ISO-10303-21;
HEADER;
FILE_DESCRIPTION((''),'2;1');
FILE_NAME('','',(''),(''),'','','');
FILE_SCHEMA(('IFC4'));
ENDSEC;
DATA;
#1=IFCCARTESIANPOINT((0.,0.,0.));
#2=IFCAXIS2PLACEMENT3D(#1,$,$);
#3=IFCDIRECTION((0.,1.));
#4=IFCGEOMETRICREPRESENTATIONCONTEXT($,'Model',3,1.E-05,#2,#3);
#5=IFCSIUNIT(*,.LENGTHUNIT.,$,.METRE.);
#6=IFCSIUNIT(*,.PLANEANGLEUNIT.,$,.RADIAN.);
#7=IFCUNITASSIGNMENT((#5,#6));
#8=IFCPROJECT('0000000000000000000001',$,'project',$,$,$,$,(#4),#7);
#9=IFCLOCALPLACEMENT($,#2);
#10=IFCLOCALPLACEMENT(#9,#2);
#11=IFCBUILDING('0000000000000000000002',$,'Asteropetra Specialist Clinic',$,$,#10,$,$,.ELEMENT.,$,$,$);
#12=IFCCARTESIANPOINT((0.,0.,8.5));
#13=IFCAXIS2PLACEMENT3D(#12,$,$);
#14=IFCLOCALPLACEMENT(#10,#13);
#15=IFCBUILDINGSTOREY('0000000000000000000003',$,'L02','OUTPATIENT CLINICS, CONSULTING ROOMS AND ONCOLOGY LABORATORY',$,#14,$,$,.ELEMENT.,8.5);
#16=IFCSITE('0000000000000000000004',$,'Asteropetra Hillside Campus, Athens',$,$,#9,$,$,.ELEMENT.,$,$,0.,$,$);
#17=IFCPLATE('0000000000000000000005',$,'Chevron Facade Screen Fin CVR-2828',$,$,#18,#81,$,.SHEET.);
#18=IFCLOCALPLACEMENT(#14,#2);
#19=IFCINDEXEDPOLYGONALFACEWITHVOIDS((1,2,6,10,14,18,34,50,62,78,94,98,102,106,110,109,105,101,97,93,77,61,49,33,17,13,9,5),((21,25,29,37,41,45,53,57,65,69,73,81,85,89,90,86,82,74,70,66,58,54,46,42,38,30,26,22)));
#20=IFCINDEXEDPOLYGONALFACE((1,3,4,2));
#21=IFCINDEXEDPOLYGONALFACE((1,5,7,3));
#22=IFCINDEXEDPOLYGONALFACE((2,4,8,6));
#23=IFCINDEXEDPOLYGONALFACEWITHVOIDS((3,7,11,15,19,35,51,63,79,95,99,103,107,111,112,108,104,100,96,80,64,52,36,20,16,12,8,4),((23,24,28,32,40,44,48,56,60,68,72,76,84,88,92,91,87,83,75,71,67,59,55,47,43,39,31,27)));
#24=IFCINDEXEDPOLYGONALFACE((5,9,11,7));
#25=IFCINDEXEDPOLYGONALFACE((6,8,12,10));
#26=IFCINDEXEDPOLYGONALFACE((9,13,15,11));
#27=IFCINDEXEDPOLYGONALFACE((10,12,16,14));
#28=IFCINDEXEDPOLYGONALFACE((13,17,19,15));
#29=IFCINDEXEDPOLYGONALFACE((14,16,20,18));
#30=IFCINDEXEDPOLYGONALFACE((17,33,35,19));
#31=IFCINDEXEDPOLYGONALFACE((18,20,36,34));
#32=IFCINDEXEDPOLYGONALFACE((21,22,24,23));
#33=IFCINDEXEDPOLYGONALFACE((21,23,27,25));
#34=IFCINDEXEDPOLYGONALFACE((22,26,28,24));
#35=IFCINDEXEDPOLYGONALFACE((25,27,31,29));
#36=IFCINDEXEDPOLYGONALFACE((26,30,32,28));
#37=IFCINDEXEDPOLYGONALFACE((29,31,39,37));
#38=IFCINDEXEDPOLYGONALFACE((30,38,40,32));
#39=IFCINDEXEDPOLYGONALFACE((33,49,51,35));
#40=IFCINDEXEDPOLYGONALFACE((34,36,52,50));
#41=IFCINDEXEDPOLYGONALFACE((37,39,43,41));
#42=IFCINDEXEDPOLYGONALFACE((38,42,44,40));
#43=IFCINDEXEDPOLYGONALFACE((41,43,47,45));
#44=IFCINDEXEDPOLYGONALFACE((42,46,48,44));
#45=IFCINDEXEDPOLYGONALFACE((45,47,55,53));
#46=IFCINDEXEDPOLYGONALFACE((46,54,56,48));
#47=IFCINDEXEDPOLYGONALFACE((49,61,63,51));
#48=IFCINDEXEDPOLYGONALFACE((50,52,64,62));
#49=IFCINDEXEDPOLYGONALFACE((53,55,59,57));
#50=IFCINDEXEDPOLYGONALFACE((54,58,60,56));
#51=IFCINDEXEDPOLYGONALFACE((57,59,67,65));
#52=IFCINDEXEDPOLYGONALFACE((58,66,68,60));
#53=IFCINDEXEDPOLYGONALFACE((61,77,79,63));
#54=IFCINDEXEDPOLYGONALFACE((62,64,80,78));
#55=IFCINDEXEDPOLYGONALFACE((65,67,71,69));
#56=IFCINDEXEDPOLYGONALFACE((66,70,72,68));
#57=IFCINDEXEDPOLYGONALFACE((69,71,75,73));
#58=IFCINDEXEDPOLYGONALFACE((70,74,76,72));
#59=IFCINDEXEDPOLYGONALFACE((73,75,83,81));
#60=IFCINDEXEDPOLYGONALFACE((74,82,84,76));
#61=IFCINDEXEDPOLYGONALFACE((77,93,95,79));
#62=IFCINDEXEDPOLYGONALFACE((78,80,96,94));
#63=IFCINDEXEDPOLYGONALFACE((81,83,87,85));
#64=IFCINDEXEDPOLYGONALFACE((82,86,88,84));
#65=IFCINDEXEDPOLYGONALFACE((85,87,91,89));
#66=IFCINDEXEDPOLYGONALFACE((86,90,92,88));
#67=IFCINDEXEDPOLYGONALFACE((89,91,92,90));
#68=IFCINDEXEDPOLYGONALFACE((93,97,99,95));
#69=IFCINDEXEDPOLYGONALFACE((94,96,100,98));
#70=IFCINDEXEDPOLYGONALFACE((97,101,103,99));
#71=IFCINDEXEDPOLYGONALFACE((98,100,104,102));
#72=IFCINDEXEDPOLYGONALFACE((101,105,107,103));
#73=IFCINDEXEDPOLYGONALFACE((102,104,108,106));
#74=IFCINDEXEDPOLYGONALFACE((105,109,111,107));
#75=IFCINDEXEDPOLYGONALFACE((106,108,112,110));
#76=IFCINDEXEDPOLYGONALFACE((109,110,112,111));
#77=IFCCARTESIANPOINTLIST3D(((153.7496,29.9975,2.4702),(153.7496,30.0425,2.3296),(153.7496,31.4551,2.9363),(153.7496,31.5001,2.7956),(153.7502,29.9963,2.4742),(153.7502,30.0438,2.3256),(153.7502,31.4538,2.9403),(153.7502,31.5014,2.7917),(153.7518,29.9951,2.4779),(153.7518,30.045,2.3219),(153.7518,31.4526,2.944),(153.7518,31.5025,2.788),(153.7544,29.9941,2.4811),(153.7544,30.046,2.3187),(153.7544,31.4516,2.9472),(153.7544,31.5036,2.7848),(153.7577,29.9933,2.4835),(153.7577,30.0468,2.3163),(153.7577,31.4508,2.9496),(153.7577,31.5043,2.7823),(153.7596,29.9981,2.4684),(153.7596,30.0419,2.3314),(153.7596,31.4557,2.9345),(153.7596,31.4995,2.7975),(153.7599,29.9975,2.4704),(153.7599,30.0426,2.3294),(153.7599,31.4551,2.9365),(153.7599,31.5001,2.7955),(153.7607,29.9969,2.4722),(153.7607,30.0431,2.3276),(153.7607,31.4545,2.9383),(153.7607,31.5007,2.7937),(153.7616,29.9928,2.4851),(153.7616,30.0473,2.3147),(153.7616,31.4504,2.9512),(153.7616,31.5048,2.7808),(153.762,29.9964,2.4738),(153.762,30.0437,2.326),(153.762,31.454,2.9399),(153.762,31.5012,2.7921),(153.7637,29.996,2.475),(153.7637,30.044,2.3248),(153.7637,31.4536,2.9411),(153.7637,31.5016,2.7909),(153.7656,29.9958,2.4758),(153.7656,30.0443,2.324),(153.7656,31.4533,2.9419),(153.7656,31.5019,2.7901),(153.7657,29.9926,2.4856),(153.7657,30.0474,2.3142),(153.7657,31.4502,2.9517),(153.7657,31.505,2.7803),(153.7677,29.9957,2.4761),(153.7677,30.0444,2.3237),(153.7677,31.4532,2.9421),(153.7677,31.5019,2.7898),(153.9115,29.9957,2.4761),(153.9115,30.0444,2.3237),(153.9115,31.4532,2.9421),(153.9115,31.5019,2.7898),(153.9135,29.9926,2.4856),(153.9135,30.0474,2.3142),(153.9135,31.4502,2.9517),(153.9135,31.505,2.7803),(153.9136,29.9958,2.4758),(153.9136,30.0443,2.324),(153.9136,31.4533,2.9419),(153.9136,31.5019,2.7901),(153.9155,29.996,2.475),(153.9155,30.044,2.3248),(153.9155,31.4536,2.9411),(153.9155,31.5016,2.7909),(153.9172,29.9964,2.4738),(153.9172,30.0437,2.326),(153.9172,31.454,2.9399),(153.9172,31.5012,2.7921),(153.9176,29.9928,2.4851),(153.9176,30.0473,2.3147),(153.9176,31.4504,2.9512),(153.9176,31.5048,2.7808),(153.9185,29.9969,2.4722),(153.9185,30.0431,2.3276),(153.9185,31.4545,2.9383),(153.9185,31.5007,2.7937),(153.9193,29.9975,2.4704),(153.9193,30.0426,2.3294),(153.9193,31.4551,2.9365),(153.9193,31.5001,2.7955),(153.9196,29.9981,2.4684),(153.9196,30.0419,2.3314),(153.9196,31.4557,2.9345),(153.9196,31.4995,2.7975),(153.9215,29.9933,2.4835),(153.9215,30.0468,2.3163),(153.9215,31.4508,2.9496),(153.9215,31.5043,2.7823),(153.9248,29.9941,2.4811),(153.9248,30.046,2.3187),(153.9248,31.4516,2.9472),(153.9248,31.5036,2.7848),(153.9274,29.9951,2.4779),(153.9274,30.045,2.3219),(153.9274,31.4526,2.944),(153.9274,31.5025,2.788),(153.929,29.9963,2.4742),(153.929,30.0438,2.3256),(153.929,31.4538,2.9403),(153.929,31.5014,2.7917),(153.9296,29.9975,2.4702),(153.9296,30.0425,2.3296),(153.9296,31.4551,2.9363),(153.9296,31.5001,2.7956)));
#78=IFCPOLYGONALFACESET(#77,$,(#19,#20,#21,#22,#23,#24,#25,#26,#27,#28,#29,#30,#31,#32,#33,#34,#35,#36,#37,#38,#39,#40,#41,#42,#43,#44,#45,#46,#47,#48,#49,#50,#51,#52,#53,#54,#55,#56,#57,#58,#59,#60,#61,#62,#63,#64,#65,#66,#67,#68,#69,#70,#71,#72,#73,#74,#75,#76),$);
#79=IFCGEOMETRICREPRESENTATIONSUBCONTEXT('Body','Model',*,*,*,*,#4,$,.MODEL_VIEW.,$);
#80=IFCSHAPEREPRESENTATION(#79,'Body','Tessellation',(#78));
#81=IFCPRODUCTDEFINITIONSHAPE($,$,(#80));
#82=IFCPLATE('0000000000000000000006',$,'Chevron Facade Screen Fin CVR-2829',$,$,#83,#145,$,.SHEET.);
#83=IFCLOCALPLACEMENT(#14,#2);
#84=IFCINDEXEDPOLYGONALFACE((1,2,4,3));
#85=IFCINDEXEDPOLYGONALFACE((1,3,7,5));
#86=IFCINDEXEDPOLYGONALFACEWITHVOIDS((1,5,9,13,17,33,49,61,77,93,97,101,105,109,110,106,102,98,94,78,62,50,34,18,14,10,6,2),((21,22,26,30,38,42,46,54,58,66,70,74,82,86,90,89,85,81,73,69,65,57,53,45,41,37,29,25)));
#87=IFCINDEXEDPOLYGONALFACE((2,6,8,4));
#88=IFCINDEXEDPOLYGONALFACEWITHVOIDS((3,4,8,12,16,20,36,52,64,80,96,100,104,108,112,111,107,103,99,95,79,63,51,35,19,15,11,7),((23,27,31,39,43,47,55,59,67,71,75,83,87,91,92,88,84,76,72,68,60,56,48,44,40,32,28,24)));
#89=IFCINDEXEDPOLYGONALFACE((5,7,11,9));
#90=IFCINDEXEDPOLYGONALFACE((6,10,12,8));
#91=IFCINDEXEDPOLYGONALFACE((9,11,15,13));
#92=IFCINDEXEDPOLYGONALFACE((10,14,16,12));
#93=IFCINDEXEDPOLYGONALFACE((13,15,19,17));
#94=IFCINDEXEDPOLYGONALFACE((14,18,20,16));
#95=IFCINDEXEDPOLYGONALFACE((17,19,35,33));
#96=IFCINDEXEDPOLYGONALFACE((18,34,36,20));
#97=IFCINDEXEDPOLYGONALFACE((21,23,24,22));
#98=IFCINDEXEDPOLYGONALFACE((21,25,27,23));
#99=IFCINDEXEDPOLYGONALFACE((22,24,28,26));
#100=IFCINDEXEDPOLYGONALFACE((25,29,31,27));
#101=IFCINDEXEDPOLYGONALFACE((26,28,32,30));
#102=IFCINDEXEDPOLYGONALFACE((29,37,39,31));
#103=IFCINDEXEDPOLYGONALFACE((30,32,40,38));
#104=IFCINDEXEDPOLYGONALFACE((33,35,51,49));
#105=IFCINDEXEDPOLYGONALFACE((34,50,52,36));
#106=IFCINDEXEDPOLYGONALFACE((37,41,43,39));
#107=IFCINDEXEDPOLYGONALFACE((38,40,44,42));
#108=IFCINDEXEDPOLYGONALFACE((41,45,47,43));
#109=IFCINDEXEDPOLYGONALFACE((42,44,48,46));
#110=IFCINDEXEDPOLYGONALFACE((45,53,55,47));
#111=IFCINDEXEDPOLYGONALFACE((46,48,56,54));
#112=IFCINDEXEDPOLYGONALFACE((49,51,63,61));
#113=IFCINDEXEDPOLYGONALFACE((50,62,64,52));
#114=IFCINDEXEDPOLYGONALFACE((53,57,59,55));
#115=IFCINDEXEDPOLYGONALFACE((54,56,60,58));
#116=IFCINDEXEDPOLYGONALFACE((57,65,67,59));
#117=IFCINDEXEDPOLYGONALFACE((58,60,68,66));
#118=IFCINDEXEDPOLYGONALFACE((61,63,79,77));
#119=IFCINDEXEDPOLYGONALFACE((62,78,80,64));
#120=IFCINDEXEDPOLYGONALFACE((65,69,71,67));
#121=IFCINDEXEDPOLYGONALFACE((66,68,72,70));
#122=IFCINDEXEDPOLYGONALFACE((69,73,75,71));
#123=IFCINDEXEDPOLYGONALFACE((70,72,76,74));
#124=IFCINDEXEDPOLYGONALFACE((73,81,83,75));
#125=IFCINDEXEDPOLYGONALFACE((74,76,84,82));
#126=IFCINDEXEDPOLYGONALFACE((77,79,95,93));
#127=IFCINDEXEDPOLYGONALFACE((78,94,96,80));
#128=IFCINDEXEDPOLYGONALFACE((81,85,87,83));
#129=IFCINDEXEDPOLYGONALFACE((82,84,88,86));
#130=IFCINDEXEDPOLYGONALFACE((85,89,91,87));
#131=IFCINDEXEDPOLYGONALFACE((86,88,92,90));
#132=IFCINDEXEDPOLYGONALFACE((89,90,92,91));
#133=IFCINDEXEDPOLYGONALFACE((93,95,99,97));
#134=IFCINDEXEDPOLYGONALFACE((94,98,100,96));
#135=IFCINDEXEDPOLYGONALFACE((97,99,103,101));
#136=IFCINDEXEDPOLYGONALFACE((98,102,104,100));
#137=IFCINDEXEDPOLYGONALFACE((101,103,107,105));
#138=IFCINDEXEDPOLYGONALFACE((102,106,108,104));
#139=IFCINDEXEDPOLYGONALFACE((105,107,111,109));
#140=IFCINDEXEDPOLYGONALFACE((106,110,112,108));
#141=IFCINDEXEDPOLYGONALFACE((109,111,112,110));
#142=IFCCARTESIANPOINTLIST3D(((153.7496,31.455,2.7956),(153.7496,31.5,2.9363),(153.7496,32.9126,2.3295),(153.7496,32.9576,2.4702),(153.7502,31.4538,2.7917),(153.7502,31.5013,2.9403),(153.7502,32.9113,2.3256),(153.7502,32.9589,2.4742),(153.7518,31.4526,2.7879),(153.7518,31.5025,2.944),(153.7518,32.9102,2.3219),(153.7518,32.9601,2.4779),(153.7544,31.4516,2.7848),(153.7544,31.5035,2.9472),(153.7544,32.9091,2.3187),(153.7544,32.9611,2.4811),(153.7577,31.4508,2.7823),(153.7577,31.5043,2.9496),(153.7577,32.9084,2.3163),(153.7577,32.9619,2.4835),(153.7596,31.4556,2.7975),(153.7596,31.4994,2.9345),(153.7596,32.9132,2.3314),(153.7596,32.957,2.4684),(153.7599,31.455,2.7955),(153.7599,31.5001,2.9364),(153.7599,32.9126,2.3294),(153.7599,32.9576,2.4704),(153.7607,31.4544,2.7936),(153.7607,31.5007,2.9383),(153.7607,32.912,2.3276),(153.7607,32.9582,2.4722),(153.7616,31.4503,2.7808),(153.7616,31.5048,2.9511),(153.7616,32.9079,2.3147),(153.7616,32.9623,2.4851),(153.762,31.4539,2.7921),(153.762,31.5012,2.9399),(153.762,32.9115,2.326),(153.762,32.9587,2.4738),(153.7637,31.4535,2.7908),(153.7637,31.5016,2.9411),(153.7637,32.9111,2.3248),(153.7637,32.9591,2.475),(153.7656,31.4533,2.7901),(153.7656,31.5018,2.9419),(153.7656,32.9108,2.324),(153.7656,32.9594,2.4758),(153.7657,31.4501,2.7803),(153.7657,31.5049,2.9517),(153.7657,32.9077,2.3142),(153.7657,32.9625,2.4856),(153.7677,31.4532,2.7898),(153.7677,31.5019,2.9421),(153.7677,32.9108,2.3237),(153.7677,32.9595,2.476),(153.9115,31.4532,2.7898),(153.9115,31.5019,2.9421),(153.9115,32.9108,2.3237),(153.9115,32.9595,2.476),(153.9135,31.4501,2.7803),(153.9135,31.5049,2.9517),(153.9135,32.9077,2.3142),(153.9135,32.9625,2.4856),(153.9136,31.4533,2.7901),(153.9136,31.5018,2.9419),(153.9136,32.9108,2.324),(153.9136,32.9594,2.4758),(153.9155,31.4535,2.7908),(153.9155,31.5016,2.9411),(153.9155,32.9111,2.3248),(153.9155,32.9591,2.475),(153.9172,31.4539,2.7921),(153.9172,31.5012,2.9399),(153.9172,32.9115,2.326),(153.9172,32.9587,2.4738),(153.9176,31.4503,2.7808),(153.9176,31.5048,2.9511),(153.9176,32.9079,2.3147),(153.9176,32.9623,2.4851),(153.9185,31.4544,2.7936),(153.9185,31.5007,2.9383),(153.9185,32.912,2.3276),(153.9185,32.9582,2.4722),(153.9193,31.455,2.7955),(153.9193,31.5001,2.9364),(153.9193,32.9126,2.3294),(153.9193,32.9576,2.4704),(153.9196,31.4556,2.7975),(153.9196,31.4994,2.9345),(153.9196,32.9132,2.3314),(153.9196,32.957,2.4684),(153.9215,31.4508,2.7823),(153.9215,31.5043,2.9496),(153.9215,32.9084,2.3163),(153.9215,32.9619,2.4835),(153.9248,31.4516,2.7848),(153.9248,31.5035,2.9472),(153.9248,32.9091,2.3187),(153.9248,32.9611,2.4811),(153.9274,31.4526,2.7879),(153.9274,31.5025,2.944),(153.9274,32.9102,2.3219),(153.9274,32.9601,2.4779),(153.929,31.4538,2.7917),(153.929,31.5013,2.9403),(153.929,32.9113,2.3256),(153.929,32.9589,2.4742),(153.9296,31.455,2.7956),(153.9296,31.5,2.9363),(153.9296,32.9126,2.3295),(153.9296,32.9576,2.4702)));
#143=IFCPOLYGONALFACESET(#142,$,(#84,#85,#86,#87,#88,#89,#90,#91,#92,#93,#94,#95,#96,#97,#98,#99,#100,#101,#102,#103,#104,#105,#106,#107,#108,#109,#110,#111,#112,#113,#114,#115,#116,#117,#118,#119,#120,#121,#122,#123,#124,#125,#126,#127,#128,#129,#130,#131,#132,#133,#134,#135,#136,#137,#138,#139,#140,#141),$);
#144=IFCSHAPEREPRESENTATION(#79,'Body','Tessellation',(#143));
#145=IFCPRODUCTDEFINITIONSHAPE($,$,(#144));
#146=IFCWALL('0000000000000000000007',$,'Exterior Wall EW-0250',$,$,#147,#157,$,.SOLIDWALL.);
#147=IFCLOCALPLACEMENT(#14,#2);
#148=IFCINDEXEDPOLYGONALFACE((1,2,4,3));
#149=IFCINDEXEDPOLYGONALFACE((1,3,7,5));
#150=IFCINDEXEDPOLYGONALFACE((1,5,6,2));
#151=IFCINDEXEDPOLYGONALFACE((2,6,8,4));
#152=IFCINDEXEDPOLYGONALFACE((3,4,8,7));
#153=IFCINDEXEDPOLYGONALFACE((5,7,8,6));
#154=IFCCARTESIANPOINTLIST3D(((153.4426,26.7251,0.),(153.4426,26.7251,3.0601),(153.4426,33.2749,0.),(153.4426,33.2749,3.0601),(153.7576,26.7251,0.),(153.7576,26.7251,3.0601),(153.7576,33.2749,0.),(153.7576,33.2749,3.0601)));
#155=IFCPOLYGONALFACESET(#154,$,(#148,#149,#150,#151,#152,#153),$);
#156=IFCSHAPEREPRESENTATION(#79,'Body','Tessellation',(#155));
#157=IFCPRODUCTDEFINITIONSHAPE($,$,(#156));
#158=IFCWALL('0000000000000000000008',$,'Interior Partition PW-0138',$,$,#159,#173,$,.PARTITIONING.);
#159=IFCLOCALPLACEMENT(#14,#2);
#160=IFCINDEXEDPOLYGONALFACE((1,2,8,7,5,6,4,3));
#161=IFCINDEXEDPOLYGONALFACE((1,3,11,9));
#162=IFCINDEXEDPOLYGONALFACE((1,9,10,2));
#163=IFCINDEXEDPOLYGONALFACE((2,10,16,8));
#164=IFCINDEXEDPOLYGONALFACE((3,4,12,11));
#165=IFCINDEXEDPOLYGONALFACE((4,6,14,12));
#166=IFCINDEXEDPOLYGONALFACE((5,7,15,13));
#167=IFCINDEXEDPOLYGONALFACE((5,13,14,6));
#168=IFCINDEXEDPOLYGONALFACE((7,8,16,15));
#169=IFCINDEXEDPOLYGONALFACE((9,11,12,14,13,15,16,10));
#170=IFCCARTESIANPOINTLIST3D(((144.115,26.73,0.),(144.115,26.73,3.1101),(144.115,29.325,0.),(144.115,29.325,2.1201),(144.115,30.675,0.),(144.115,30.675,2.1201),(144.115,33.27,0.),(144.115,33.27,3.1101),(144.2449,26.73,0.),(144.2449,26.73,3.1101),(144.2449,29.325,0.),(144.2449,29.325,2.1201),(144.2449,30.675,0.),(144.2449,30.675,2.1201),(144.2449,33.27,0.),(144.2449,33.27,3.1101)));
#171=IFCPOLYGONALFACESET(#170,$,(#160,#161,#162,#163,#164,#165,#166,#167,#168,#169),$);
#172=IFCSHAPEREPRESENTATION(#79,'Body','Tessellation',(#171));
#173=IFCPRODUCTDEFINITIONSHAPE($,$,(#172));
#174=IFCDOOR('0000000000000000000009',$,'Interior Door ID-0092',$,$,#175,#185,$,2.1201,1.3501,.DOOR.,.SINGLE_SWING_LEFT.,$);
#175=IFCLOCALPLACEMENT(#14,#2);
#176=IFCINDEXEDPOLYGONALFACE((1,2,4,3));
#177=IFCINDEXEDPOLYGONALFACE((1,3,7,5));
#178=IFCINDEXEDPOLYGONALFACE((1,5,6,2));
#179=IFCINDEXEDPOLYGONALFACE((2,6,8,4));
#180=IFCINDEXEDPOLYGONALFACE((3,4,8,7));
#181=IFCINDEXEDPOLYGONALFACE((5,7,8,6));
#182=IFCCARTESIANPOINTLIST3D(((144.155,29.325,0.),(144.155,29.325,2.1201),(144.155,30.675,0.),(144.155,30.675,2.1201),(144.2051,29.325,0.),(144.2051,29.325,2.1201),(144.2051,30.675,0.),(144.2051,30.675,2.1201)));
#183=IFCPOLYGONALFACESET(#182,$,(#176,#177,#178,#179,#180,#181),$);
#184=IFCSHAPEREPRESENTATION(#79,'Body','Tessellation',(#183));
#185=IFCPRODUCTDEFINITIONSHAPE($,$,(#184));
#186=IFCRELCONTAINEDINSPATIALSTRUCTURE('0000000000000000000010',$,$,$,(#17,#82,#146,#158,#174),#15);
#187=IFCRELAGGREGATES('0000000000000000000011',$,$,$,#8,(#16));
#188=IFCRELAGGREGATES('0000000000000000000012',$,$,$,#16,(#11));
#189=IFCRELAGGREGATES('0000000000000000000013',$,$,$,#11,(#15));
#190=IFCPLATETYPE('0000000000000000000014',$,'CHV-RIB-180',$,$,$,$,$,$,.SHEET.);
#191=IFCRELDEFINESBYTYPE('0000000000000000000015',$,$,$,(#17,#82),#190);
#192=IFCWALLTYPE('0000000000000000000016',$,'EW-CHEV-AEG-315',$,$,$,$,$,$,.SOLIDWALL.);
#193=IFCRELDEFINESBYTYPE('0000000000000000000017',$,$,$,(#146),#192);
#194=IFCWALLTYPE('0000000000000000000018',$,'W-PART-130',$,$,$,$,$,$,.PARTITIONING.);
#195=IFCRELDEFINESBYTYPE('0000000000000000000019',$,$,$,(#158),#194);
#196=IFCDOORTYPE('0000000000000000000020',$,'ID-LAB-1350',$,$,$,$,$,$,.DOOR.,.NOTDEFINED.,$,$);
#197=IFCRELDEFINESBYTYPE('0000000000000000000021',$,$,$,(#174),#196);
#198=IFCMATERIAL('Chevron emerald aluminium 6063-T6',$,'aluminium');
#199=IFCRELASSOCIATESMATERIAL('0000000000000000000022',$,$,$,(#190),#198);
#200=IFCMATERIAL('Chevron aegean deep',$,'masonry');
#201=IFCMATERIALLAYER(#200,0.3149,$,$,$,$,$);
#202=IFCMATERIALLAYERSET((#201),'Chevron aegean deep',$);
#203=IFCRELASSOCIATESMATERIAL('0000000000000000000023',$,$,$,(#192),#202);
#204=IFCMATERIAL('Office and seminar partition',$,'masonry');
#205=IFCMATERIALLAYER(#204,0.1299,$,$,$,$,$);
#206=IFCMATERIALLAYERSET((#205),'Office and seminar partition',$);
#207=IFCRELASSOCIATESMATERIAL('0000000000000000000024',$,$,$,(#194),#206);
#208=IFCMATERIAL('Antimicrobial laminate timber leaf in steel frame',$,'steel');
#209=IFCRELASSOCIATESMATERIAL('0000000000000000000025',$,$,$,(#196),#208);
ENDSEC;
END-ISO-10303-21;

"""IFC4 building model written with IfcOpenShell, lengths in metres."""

from ifc_helpers import new_model, si_unit, direction, frame, frame_2d, origin, origin_2d, place, context, subcontext, project, spatial, rectangle, hollow_rectangle, extrude, material, layer, layer_set, material_profile, profile_set, type_object, element, fill, save


model = new_model("IFC4")

# Units and contexts
model_context = context("Model", 3, precision=1e-05, world=origin(), true_north=direction((0.0, 1.0)))
body_context = subcontext(model_context, "Body", "Model", "MODEL_VIEW")
ifc_project = project(units=[si_unit("LENGTHUNIT", "METRE"), si_unit("PLANEANGLEUNIT", "RADIAN")], contexts=[model_context])

# Site, building, storey
site_placement = place(None, origin())
site = spatial("IfcSite", under=ifc_project, at=site_placement, Name="Asteropetra Hillside Campus, Athens", CompositionType="ELEMENT", RefElevation=0.0)
building_placement = place(site_placement, origin())
building = spatial("IfcBuilding", under=site, at=building_placement, Name="Asteropetra Specialist Clinic", CompositionType="ELEMENT")
storey_placement = place(building_placement, frame((0.0, 0.0, 8.5)))
storey = spatial("IfcBuildingStorey", under=building, at=storey_placement, Name="L02", Description="OUTPATIENT CLINICS, CONSULTING ROOMS AND ONCOLOGY LABORATORY", CompositionType="ELEMENT", Elevation=8.5)

# Plates
ifc_material_1 = material(Name="Chevron emerald aluminium 6063-T6", Category="aluminium")
ifc_material_profile_1 = material_profile(ifc_material_1, hollow_rectangle(XDim=0.1799, YDim=0.1799, WallThickness=0.01, InnerFilletRadius=0.0081, OuterFilletRadius=0.0161, at=origin_2d()), Name="SHS 180x180x10.0")
ifc_profile_set_1 = profile_set([ifc_material_profile_1], Name="Chevron emerald aluminium 6063-T6")
plate_type = type_object("IfcPlateType", Name="CHV-RIB-180", PredefinedType="SHEET", material=ifc_profile_set_1)
for number, where, z_axis, x_axis, name in (
    (1, (153.8396, 30.02, 2.3999), (0.0, 0.952489, 0.304573), (-1.0, 0.0, 0.0), "Chevron Facade Screen Fin CVR-2828"),
    (2, (153.8396, 31.4775, 2.866), (0.0, 0.952489, -0.304573), (-1.0, 0.0, 0.0), "Chevron Facade Screen Fin CVR-2829"),
):
    element("IfcPlate", number, at=place(storey_placement, frame(where, z_axis=z_axis, x_axis=x_axis)), inside=storey, type_object=plate_type, Name=name, PredefinedType="SHEET", context=body_context, shape_type="SweptSolid", body=[
        extrude(hollow_rectangle(XDim=0.1799, YDim=0.1799, WallThickness=0.01, InnerFilletRadius=0.0081, OuterFilletRadius=0.0161, at=origin_2d()), origin(), (0.0, 0.0, 1.0), 1.5303),
    ])

# Wall
ifc_material_2 = material(Name="Chevron aegean deep", Category="masonry")
ifc_layer_1 = layer(ifc_material_2, 0.3149)
ifc_layer_set_1 = layer_set([ifc_layer_1], Name="Chevron aegean deep")
wall_type_1 = type_object("IfcWallType", Name="EW-CHEV-AEG-315", PredefinedType="SOLIDWALL", material=ifc_layer_set_1)
wall_1_placement = place(storey_placement, frame((153.6001, 26.7251, 0.0), z_axis=(0.0, 0.0, 1.0), x_axis=(0.0, 1.0, 0.0)))
element("IfcWall", 3, at=wall_1_placement, inside=storey, type_object=wall_type_1, Name="Exterior Wall EW-0250", PredefinedType="SOLIDWALL", context=body_context, shape_type="SweptSolid", body=[
    extrude(rectangle(XDim=6.5498, YDim=0.3149, at=frame_2d((3.2749, 0.0))), origin(), (0.0, 0.0, 1.0), 3.0601),
])

# Wall, opening, door
ifc_material_3 = material(Name="Office and seminar partition", Category="masonry")
ifc_layer_2 = layer(ifc_material_3, 0.1299)
ifc_layer_set_2 = layer_set([ifc_layer_2], Name="Office and seminar partition")
wall_type_2 = type_object("IfcWallType", Name="W-PART-130", PredefinedType="PARTITIONING", material=ifc_layer_set_2)
wall_2_placement = place(storey_placement, frame((144.1799, 26.73, 0.0), z_axis=(0.0, 0.0, 1.0), x_axis=(0.0, 1.0, 0.0)))
wall_2 = element("IfcWall", 4, at=wall_2_placement, inside=storey, type_object=wall_type_2, Name="Interior Partition PW-0138", PredefinedType="PARTITIONING", context=body_context, shape_type="SweptSolid", body=[
    extrude(rectangle(XDim=6.54, YDim=0.1299, at=frame_2d((3.27, 0.0))), origin(), (0.0, 0.0, 1.0), 3.1101),
])
opening_placement = place(wall_2_placement, frame((2.595, 0.0, 0.0)))
opening = element("IfcOpeningElement", 5, at=opening_placement, cuts=wall_2, PredefinedType="OPENING", context=body_context, shape_type="SweptSolid", body=[
    extrude(rectangle(XDim=1.3501, YDim=2.1201, at=frame_2d((0.675, 1.0601))), frame((0.0, 0.075, 0.0), z_axis=(0.0, -1.0, 0.0), x_axis=(1.0, 0.0, 0.0)), (0.0, 0.0, 1.0), 0.1499),
])
ifc_material_4 = material(Name="Antimicrobial laminate timber leaf in steel frame", Category="steel")
door_type = type_object("IfcDoorType", Name="ID-LAB-1350", OperationType="NOTDEFINED", PredefinedType="DOOR", material=ifc_material_4)
door_placement = place(opening_placement, origin())
door = element("IfcDoor", 6, at=door_placement, inside=storey, type_object=door_type, Name="Interior Door ID-0092", OperationType="SINGLE_SWING_LEFT", OverallHeight=2.1201, OverallWidth=1.3501, PredefinedType="DOOR", context=body_context, shape_type="SweptSolid", body=[
    extrude(rectangle(XDim=1.3501, YDim=2.1201, at=frame_2d((0.675, 1.0601))), frame((0.0, 0.0249, 0.0), z_axis=(0.0, -1.0, 0.0), x_axis=(1.0, 0.0, 0.0)), (0.0, 0.0, 1.0), 0.05),
])
fill(opening, door)

save(model, "model.ifc")
